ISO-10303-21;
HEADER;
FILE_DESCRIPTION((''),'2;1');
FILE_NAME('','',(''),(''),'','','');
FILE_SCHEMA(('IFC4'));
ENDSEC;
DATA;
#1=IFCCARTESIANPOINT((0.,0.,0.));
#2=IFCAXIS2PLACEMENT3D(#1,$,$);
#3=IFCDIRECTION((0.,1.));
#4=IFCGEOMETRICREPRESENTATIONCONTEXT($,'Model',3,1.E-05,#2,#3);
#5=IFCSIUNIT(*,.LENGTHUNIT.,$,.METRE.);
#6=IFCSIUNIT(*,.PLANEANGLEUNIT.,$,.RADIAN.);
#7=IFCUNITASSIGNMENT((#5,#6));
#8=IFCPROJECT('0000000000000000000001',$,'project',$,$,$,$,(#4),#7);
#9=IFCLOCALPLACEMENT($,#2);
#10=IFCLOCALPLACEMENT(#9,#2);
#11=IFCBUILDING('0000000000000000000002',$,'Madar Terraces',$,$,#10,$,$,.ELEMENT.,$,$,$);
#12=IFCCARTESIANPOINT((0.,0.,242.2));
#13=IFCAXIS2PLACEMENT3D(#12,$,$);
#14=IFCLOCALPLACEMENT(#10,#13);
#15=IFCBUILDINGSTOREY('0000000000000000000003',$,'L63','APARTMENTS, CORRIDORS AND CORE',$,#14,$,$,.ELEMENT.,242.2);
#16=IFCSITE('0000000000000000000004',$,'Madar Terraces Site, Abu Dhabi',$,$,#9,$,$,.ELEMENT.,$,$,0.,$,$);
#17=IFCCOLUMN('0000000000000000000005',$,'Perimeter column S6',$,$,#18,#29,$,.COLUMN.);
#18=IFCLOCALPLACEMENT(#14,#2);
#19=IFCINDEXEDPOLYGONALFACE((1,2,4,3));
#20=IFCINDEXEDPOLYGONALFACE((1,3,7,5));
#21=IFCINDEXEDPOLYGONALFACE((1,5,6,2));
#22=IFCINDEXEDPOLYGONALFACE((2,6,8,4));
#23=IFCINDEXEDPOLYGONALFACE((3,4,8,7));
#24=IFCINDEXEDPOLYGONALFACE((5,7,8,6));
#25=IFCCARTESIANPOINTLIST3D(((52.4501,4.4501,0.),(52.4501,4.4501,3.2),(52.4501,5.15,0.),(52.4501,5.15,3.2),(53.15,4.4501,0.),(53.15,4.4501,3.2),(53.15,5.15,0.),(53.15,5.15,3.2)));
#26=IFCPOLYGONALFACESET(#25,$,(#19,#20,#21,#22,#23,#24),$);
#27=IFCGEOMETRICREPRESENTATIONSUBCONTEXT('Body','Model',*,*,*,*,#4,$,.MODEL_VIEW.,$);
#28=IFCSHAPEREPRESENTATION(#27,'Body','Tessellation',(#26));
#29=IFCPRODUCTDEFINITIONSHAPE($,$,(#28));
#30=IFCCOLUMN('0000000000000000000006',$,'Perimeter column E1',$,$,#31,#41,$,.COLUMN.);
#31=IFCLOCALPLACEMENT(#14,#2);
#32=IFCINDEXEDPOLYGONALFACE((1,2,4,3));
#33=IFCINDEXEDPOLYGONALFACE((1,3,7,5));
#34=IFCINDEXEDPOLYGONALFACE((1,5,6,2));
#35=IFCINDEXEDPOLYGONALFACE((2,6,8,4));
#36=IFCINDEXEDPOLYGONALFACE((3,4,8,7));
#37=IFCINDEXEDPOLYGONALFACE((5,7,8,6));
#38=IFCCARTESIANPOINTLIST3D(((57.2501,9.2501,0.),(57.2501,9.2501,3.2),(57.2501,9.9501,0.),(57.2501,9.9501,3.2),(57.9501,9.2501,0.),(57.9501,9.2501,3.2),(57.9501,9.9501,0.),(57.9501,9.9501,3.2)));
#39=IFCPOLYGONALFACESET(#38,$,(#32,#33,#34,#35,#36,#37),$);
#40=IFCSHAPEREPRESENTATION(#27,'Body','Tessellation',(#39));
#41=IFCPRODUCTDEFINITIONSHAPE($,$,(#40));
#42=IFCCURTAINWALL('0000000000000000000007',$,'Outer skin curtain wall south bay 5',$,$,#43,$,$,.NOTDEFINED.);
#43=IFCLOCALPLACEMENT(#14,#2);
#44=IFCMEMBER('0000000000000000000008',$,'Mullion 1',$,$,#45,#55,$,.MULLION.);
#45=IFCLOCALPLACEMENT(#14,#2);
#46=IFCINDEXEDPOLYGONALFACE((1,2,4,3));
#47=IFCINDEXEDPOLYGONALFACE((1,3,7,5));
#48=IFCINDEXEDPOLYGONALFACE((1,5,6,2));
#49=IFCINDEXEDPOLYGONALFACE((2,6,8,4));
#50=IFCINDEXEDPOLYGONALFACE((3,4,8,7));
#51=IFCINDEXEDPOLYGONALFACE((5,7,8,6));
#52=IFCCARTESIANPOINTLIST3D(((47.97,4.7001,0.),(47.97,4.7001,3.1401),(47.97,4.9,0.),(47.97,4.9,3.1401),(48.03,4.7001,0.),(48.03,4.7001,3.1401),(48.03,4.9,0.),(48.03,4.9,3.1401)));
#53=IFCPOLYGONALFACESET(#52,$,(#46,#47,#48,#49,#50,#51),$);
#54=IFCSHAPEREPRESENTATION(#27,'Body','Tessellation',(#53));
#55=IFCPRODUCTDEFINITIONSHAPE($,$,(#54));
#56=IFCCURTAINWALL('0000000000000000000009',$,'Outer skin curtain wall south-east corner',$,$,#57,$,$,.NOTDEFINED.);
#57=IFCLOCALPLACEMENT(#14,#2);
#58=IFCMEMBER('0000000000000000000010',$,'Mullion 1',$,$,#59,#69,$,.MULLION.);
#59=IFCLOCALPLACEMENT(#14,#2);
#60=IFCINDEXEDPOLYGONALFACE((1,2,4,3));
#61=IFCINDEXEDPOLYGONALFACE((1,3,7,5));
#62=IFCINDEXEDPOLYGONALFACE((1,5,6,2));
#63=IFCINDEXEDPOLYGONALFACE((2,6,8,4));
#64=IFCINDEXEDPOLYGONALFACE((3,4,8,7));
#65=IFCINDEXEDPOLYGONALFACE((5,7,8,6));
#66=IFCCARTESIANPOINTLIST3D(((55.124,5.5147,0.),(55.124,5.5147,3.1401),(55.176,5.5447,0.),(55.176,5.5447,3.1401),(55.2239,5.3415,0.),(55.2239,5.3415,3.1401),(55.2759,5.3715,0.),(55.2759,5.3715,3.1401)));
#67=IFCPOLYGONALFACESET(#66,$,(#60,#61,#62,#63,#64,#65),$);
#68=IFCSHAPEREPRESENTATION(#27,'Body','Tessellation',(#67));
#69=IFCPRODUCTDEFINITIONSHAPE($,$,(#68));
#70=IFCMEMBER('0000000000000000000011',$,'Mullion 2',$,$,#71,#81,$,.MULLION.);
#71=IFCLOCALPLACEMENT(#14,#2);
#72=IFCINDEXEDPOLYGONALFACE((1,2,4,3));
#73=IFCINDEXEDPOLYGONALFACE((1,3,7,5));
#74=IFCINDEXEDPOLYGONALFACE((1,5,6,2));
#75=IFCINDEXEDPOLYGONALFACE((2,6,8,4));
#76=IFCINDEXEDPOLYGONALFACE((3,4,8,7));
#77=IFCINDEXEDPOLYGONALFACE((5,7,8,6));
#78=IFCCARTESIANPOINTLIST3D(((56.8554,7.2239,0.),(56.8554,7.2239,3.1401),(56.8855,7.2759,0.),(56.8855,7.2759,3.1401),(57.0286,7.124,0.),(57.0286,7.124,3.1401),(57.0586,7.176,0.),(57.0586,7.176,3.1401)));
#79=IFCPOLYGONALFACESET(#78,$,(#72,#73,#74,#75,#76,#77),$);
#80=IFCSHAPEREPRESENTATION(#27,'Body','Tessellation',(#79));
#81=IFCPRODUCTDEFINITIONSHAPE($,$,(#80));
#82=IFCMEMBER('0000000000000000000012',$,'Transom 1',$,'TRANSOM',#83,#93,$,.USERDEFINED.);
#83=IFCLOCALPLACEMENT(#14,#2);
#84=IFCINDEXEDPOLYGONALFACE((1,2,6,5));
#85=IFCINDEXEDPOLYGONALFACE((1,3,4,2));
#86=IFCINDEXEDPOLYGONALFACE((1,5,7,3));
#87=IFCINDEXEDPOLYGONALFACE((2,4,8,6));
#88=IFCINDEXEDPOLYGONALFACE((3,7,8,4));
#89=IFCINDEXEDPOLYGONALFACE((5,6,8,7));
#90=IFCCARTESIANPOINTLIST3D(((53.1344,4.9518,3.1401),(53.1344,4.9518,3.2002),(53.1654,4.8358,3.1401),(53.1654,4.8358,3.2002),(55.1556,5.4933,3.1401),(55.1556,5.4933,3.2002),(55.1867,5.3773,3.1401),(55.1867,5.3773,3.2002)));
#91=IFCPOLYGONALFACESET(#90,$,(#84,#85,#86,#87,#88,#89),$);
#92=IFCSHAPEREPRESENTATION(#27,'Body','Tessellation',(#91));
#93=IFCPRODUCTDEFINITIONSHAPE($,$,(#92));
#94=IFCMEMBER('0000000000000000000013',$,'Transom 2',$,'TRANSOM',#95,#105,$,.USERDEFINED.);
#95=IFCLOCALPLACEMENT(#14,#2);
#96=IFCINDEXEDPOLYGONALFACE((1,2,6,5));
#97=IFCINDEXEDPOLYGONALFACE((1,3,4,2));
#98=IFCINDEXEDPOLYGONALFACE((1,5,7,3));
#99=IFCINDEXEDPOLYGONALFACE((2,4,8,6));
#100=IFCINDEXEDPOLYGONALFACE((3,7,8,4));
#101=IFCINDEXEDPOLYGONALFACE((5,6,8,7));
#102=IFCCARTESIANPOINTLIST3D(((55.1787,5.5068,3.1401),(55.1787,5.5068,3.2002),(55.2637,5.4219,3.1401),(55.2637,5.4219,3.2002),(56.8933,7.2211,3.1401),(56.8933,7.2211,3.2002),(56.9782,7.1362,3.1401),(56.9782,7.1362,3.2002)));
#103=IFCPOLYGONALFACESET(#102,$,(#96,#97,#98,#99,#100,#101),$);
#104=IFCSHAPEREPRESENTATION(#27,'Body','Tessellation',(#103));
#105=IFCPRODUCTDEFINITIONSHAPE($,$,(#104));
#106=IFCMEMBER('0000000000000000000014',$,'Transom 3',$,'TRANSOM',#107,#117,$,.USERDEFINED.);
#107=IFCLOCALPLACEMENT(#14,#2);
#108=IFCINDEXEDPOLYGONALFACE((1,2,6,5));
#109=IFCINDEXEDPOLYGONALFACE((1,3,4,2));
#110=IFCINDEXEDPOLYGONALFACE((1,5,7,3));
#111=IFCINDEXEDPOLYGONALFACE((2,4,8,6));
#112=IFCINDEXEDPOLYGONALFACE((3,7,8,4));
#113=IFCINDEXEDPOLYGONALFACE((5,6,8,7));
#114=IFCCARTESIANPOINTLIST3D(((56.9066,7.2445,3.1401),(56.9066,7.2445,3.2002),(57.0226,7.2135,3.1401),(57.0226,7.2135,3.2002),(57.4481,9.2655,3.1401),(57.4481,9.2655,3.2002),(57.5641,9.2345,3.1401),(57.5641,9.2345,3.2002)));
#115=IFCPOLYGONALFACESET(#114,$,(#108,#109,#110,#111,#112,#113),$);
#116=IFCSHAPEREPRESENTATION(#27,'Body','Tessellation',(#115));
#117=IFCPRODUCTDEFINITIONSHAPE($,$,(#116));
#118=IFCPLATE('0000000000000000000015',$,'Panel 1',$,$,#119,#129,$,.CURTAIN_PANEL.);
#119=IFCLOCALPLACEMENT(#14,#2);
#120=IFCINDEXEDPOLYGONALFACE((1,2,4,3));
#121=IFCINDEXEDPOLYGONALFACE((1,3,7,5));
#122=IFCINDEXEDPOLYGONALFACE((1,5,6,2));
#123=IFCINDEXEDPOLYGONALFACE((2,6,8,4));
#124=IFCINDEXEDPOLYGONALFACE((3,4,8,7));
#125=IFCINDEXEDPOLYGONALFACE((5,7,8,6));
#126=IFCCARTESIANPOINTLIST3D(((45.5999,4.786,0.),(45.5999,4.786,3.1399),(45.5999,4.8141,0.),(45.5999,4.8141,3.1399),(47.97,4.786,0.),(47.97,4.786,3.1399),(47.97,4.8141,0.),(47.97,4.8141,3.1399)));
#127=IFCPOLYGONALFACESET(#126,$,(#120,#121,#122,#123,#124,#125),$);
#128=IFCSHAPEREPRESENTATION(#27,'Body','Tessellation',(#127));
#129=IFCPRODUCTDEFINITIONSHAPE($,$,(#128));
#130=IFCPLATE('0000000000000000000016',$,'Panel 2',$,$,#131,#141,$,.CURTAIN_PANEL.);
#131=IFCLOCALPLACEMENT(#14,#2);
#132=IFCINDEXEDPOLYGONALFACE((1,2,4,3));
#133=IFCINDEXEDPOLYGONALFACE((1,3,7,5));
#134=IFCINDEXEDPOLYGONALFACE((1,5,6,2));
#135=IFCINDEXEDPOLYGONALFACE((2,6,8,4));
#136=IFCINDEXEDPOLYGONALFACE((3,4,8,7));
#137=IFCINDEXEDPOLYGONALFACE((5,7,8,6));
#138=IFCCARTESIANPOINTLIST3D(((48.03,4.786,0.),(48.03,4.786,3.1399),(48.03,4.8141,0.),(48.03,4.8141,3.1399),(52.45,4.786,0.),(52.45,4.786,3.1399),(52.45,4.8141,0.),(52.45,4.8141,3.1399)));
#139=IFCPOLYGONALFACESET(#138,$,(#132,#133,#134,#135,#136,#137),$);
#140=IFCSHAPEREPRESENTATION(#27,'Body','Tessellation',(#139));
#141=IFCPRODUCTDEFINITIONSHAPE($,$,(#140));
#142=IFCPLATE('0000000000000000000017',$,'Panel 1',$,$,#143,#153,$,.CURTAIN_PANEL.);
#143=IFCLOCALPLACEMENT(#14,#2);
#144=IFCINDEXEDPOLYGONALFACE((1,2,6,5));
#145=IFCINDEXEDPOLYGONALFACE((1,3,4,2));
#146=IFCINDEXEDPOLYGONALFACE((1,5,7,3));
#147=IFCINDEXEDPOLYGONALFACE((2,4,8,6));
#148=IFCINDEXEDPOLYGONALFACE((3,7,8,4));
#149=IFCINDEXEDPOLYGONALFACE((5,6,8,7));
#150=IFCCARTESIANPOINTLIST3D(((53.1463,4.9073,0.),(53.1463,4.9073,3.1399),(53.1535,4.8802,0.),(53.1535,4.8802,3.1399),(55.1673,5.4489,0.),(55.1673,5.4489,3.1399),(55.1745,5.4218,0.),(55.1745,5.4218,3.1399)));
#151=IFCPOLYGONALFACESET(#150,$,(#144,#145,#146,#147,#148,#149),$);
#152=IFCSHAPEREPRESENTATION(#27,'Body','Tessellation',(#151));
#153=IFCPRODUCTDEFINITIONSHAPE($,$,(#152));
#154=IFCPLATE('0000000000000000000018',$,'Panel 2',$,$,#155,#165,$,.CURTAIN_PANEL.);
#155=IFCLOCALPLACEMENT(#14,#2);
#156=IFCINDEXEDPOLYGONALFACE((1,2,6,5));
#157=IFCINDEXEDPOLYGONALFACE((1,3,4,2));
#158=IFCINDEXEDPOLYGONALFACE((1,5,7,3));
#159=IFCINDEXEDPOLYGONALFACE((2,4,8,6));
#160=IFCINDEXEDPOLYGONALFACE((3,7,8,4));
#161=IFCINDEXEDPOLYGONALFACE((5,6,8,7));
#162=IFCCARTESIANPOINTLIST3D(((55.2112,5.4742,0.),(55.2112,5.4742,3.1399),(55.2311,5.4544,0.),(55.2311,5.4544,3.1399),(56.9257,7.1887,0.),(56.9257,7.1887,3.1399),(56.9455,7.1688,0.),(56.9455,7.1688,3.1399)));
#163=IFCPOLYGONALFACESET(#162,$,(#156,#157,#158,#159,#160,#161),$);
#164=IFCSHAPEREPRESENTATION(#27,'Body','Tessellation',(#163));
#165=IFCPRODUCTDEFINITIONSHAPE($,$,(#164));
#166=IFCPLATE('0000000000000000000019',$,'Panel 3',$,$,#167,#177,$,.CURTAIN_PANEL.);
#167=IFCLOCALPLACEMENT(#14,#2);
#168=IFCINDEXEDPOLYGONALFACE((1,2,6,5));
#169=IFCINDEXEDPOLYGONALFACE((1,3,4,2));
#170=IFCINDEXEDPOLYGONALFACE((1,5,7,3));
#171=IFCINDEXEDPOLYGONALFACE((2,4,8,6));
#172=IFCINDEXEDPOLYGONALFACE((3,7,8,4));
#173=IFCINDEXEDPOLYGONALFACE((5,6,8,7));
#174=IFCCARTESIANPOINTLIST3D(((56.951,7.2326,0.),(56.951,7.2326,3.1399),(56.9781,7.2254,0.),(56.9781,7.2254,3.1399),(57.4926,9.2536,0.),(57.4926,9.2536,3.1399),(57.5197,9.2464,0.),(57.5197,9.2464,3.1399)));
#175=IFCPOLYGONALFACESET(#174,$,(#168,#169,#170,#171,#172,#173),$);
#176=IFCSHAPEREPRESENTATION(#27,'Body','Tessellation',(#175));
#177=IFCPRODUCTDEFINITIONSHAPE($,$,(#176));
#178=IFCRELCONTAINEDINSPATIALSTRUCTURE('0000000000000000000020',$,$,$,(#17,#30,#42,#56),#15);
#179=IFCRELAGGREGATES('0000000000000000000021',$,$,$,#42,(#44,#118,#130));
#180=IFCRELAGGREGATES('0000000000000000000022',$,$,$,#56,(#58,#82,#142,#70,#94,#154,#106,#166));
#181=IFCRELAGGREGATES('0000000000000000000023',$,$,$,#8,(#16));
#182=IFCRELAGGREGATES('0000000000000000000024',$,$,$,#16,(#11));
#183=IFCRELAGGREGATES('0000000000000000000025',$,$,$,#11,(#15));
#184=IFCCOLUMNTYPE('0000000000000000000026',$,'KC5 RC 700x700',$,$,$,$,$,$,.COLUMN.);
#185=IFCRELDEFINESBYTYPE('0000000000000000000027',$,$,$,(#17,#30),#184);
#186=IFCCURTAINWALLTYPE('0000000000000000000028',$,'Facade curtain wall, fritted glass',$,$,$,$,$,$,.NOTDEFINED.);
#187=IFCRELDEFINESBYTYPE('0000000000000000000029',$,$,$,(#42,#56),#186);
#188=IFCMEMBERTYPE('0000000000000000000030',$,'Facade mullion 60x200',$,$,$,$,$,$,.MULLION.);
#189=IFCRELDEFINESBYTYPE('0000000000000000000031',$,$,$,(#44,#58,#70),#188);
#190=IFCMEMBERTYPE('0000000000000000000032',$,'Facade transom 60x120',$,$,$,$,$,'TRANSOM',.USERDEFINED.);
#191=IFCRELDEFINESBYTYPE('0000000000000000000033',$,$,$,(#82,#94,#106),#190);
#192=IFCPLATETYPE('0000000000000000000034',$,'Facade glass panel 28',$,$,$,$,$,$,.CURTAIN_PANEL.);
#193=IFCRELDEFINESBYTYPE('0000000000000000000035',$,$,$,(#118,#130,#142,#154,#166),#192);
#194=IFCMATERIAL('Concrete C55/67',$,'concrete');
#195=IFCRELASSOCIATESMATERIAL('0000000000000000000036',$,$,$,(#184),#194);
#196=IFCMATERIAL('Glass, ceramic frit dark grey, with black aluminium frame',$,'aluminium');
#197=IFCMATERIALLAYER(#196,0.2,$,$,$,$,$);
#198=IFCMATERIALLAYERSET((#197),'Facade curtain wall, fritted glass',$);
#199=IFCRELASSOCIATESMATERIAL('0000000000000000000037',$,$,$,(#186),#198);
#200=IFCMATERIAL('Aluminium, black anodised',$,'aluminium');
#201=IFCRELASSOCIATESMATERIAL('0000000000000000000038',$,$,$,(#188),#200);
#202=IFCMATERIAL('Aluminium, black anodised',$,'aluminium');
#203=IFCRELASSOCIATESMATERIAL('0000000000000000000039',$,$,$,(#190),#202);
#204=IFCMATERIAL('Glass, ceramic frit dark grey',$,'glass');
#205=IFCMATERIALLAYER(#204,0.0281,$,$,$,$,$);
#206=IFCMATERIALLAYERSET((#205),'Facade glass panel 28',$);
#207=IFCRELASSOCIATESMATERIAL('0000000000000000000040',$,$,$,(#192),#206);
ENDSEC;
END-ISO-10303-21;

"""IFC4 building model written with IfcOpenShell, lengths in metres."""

from ifc_helpers import new_model, si_unit, direction, frame, origin, origin_2d, place, context, subcontext, project, spatial, rectangle, extrude, material, layer, layer_set, material_profile, profile_set, type_object, element, aggregate, save


model = new_model("IFC4")

# Units and contexts
model_context = context("Model", 3, precision=1e-05, world=origin(), true_north=direction((0.0, 1.0)))
body_context = subcontext(model_context, "Body", "Model", "MODEL_VIEW")
ifc_project = project(units=[si_unit("LENGTHUNIT", "METRE"), si_unit("PLANEANGLEUNIT", "RADIAN")], contexts=[model_context])

# Site, building, storey
site_placement = place(None, origin())
site = spatial("IfcSite", under=ifc_project, at=site_placement, Name="Madar Terraces Site, Abu Dhabi", CompositionType="ELEMENT", RefElevation=0.0)
building_placement = place(site_placement, origin())
building = spatial("IfcBuilding", under=site, at=building_placement, Name="Madar Terraces", CompositionType="ELEMENT")
storey_placement = place(building_placement, frame((0.0, 0.0, 242.2)))
storey = spatial("IfcBuildingStorey", under=building, at=storey_placement, Name="L63", Description="APARTMENTS, CORRIDORS AND CORE", CompositionType="ELEMENT", Elevation=242.2)

# Columns
ifc_material_1 = material(Name="Concrete C55/67", Category="concrete")
ifc_material_profile_1 = material_profile(ifc_material_1, rectangle(XDim=0.7, YDim=0.7, at=origin_2d()), Name="KC5 RC 700x700")
ifc_profile_set_1 = profile_set([ifc_material_profile_1], Name="Concrete C55/67")
column_type = type_object("IfcColumnType", Name="KC5 RC 700x700", PredefinedType="COLUMN", material=ifc_profile_set_1)
for number, where, z_axis, x_axis, name in (
    (1, (52.8, 4.8, 0.0), (0.0, 0.0, 1.0), (1.0, 0.0, 0.0), "Perimeter column S6"),
    (2, (57.6001, 9.6001, 0.0), (0.0, 0.0, 1.0), (1.0, 0.0, 0.0), "Perimeter column E1"),
):
    element("IfcColumn", number, at=place(storey_placement, frame(where, z_axis=z_axis, x_axis=x_axis)), inside=storey, type_object=column_type, Name=name, PredefinedType="COLUMN", context=body_context, shape_type="SweptSolid", body=[
        extrude(rectangle(XDim=0.7, YDim=0.7, at=origin_2d()), origin(), (0.0, 0.0, 1.0), 3.2),
    ])

# Curtain wall, member
ifc_material_2 = material(Name="Glass, ceramic frit dark grey, with black aluminium frame", Category="aluminium")
ifc_layer_1 = layer(ifc_material_2, 0.2)
ifc_layer_set_1 = layer_set([ifc_layer_1], Name="Facade curtain wall, fritted glass")
curtain_wall_type = type_object("IfcCurtainWallType", Name="Facade curtain wall, fritted glass", PredefinedType="NOTDEFINED", material=ifc_layer_set_1)
curtain_wall_1_placement = place(storey_placement, origin())
curtain_wall_1 = element("IfcCurtainWall", 3, at=curtain_wall_1_placement, inside=storey, type_object=curtain_wall_type, Name="Outer skin curtain wall south bay 5", PredefinedType="NOTDEFINED")
ifc_material_3 = material(Name="Aluminium, black anodised", Category="aluminium")
ifc_material_profile_2 = material_profile(ifc_material_3, rectangle(XDim=0.2, YDim=0.0601, at=origin_2d()), Name="Facade mullion 60x200")
ifc_profile_set_2 = profile_set([ifc_material_profile_2], Name="Aluminium, black anodised")
member_type_1 = type_object("IfcMemberType", Name="Facade mullion 60x200", PredefinedType="MULLION", material=ifc_profile_set_2)
member_1_placement = place(storey_placement, frame((48.0, 4.8, 0.0), z_axis=(0.0, 0.0, 1.0), x_axis=(0.0, 1.0, 0.0)))
member_1 = element("IfcMember", 4, at=member_1_placement, type_object=member_type_1, Name="Mullion 1", PredefinedType="MULLION", context=body_context, shape_type="SweptSolid", body=[
    extrude(rectangle(XDim=0.2, YDim=0.0601, at=origin_2d()), origin(), (0.0, 0.0, 1.0), 3.1401),
])

# Curtain wall, members
curtain_wall_2_placement = place(storey_placement, origin())
curtain_wall_2 = element("IfcCurtainWall", 5, at=curtain_wall_2_placement, inside=storey, type_object=curtain_wall_type, Name="Outer skin curtain wall south-east corner", PredefinedType="NOTDEFINED")
member_2_placement = place(storey_placement, frame((55.2, 5.4431, 0.0), z_axis=(0.0, 0.0, 1.0), x_axis=(-0.5, 0.866025, 0.0)))
member_2 = element("IfcMember", 6, at=member_2_placement, type_object=member_type_1, Name="Mullion 1", PredefinedType="MULLION", context=body_context, shape_type="SweptSolid", body=[
    extrude(rectangle(XDim=0.2, YDim=0.0601, at=origin_2d()), origin(), (0.0, 0.0, 1.0), 3.1401),
])
member_3_placement = place(storey_placement, frame((56.957, 7.2, 0.0), z_axis=(0.0, 0.0, 1.0), x_axis=(-0.866025, 0.5, 0.0)))
member_3 = element("IfcMember", 7, at=member_3_placement, type_object=member_type_1, Name="Mullion 2", PredefinedType="MULLION", context=body_context, shape_type="SweptSolid", body=[
    extrude(rectangle(XDim=0.2, YDim=0.0601, at=origin_2d()), origin(), (0.0, 0.0, 1.0), 3.1401),
])
ifc_material_4 = material(Name="Aluminium, black anodised", Category="aluminium")
ifc_material_profile_3 = material_profile(ifc_material_4, rectangle(XDim=0.1201, YDim=0.0601, at=origin_2d()), Name="Facade transom 60x120")
ifc_profile_set_3 = profile_set([ifc_material_profile_3], Name="Aluminium, black anodised")
member_type_2 = type_object("IfcMemberType", Name="Facade transom 60x120", ElementType="TRANSOM", PredefinedType="USERDEFINED", material=ifc_profile_set_3)
member_4_placement = place(storey_placement, frame((53.1499, 4.8938, 3.1702), z_axis=(0.965936, 0.258781, 0.0), x_axis=(-0.258781, 0.965936, 0.0)))
member_4 = element("IfcMember", 8, at=member_4_placement, type_object=member_type_2, Name="Transom 1", ObjectType="TRANSOM", PredefinedType="USERDEFINED", context=body_context, shape_type="SweptSolid", body=[
    extrude(rectangle(XDim=0.1201, YDim=0.0601, at=origin_2d()), origin(), (0.0, 0.0, 1.0), 2.0925),
])
member_5_placement = place(storey_placement, frame((55.2212, 5.4644, 3.1702), z_axis=(0.707157, 0.707056, 0.0), x_axis=(-0.707056, 0.707157, 0.0)))
member_5 = element("IfcMember", 9, at=member_5_placement, type_object=member_type_2, Name="Transom 2", ObjectType="TRANSOM", PredefinedType="USERDEFINED", context=body_context, shape_type="SweptSolid", body=[
    extrude(rectangle(XDim=0.1201, YDim=0.0601, at=origin_2d()), origin(), (0.0, 0.0, 1.0), 2.4246),
])
member_6_placement = place(storey_placement, frame((56.9646, 7.229, 3.1702), z_axis=(0.25881, 0.965928, 0.0), x_axis=(-0.965928, 0.25881, 0.0)))
member_6 = element("IfcMember", 10, at=member_6_placement, type_object=member_type_2, Name="Transom 3", ObjectType="TRANSOM", PredefinedType="USERDEFINED", context=body_context, shape_type="SweptSolid", body=[
    extrude(rectangle(XDim=0.1201, YDim=0.0601, at=origin_2d()), origin(), (0.0, 0.0, 1.0), 2.0923),
])

# Plates
ifc_material_5 = material(Name="Glass, ceramic frit dark grey", Category="glass")
ifc_layer_2 = layer(ifc_material_5, 0.0281)
ifc_layer_set_2 = layer_set([ifc_layer_2], Name="Facade glass panel 28")
plate_type = type_object("IfcPlateType", Name="Facade glass panel 28", PredefinedType="CURTAIN_PANEL", material=ifc_layer_set_2)
plate_1_placement = place(storey_placement, frame((46.7849, 4.8, 0.0), z_axis=(0.0, 0.0, 1.0), x_axis=(1.0, 0.0, 0.0)))
plate_1 = element("IfcPlate", 11, at=plate_1_placement, type_object=plate_type, Name="Panel 1", PredefinedType="CURTAIN_PANEL", context=body_context, shape_type="SweptSolid", body=[
    extrude(rectangle(XDim=2.3701, YDim=0.0281, at=origin_2d()), origin(), (0.0, 0.0, 1.0), 3.1399),
])
plate_2_placement = place(storey_placement, frame((50.24, 4.8, 0.0), z_axis=(0.0, 0.0, 1.0), x_axis=(1.0, 0.0, 0.0)))
plate_2 = element("IfcPlate", 12, at=plate_2_placement, type_object=plate_type, Name="Panel 2", PredefinedType="CURTAIN_PANEL", context=body_context, shape_type="SweptSolid", body=[
    extrude(rectangle(XDim=4.4199, YDim=0.0281, at=origin_2d()), origin(), (0.0, 0.0, 1.0), 3.1399),
])
aggregate(curtain_wall_1, [member_1, plate_1, plate_2])
plate_3_placement = place(storey_placement, frame((54.1604, 5.1646, 0.0), z_axis=(0.0, 0.0, 1.0), x_axis=(0.965926, 0.258819, 0.0)))
plate_3 = element("IfcPlate", 13, at=plate_3_placement, type_object=plate_type, Name="Panel 1", PredefinedType="CURTAIN_PANEL", context=body_context, shape_type="SweptSolid", body=[
    extrude(rectangle(XDim=2.0923, YDim=0.0281, at=origin_2d()), origin(), (0.0, 0.0, 1.0), 3.1399),
])
plate_4_placement = place(storey_placement, frame((56.0784, 6.3215, 0.0), z_axis=(0.0, 0.0, 1.0), x_axis=(0.707107, 0.707107, 0.0)))
plate_4 = element("IfcPlate", 14, at=plate_4_placement, type_object=plate_type, Name="Panel 2", PredefinedType="CURTAIN_PANEL", context=body_context, shape_type="SweptSolid", body=[
    extrude(rectangle(XDim=2.4246, YDim=0.0281, at=origin_2d()), origin(), (0.0, 0.0, 1.0), 3.1399),
])
plate_5_placement = place(storey_placement, frame((57.2354, 8.2395, 0.0), z_axis=(0.0, 0.0, 1.0), x_axis=(0.258819, 0.965926, 0.0)))
plate_5 = element("IfcPlate", 15, at=plate_5_placement, type_object=plate_type, Name="Panel 3", PredefinedType="CURTAIN_PANEL", context=body_context, shape_type="SweptSolid", body=[
    extrude(rectangle(XDim=2.0923, YDim=0.0281, at=origin_2d()), origin(), (0.0, 0.0, 1.0), 3.1399),
])
aggregate(curtain_wall_2, [member_2, member_4, plate_3, member_3, member_5, plate_4, member_6, plate_5])

save(model, "model.ifc")
